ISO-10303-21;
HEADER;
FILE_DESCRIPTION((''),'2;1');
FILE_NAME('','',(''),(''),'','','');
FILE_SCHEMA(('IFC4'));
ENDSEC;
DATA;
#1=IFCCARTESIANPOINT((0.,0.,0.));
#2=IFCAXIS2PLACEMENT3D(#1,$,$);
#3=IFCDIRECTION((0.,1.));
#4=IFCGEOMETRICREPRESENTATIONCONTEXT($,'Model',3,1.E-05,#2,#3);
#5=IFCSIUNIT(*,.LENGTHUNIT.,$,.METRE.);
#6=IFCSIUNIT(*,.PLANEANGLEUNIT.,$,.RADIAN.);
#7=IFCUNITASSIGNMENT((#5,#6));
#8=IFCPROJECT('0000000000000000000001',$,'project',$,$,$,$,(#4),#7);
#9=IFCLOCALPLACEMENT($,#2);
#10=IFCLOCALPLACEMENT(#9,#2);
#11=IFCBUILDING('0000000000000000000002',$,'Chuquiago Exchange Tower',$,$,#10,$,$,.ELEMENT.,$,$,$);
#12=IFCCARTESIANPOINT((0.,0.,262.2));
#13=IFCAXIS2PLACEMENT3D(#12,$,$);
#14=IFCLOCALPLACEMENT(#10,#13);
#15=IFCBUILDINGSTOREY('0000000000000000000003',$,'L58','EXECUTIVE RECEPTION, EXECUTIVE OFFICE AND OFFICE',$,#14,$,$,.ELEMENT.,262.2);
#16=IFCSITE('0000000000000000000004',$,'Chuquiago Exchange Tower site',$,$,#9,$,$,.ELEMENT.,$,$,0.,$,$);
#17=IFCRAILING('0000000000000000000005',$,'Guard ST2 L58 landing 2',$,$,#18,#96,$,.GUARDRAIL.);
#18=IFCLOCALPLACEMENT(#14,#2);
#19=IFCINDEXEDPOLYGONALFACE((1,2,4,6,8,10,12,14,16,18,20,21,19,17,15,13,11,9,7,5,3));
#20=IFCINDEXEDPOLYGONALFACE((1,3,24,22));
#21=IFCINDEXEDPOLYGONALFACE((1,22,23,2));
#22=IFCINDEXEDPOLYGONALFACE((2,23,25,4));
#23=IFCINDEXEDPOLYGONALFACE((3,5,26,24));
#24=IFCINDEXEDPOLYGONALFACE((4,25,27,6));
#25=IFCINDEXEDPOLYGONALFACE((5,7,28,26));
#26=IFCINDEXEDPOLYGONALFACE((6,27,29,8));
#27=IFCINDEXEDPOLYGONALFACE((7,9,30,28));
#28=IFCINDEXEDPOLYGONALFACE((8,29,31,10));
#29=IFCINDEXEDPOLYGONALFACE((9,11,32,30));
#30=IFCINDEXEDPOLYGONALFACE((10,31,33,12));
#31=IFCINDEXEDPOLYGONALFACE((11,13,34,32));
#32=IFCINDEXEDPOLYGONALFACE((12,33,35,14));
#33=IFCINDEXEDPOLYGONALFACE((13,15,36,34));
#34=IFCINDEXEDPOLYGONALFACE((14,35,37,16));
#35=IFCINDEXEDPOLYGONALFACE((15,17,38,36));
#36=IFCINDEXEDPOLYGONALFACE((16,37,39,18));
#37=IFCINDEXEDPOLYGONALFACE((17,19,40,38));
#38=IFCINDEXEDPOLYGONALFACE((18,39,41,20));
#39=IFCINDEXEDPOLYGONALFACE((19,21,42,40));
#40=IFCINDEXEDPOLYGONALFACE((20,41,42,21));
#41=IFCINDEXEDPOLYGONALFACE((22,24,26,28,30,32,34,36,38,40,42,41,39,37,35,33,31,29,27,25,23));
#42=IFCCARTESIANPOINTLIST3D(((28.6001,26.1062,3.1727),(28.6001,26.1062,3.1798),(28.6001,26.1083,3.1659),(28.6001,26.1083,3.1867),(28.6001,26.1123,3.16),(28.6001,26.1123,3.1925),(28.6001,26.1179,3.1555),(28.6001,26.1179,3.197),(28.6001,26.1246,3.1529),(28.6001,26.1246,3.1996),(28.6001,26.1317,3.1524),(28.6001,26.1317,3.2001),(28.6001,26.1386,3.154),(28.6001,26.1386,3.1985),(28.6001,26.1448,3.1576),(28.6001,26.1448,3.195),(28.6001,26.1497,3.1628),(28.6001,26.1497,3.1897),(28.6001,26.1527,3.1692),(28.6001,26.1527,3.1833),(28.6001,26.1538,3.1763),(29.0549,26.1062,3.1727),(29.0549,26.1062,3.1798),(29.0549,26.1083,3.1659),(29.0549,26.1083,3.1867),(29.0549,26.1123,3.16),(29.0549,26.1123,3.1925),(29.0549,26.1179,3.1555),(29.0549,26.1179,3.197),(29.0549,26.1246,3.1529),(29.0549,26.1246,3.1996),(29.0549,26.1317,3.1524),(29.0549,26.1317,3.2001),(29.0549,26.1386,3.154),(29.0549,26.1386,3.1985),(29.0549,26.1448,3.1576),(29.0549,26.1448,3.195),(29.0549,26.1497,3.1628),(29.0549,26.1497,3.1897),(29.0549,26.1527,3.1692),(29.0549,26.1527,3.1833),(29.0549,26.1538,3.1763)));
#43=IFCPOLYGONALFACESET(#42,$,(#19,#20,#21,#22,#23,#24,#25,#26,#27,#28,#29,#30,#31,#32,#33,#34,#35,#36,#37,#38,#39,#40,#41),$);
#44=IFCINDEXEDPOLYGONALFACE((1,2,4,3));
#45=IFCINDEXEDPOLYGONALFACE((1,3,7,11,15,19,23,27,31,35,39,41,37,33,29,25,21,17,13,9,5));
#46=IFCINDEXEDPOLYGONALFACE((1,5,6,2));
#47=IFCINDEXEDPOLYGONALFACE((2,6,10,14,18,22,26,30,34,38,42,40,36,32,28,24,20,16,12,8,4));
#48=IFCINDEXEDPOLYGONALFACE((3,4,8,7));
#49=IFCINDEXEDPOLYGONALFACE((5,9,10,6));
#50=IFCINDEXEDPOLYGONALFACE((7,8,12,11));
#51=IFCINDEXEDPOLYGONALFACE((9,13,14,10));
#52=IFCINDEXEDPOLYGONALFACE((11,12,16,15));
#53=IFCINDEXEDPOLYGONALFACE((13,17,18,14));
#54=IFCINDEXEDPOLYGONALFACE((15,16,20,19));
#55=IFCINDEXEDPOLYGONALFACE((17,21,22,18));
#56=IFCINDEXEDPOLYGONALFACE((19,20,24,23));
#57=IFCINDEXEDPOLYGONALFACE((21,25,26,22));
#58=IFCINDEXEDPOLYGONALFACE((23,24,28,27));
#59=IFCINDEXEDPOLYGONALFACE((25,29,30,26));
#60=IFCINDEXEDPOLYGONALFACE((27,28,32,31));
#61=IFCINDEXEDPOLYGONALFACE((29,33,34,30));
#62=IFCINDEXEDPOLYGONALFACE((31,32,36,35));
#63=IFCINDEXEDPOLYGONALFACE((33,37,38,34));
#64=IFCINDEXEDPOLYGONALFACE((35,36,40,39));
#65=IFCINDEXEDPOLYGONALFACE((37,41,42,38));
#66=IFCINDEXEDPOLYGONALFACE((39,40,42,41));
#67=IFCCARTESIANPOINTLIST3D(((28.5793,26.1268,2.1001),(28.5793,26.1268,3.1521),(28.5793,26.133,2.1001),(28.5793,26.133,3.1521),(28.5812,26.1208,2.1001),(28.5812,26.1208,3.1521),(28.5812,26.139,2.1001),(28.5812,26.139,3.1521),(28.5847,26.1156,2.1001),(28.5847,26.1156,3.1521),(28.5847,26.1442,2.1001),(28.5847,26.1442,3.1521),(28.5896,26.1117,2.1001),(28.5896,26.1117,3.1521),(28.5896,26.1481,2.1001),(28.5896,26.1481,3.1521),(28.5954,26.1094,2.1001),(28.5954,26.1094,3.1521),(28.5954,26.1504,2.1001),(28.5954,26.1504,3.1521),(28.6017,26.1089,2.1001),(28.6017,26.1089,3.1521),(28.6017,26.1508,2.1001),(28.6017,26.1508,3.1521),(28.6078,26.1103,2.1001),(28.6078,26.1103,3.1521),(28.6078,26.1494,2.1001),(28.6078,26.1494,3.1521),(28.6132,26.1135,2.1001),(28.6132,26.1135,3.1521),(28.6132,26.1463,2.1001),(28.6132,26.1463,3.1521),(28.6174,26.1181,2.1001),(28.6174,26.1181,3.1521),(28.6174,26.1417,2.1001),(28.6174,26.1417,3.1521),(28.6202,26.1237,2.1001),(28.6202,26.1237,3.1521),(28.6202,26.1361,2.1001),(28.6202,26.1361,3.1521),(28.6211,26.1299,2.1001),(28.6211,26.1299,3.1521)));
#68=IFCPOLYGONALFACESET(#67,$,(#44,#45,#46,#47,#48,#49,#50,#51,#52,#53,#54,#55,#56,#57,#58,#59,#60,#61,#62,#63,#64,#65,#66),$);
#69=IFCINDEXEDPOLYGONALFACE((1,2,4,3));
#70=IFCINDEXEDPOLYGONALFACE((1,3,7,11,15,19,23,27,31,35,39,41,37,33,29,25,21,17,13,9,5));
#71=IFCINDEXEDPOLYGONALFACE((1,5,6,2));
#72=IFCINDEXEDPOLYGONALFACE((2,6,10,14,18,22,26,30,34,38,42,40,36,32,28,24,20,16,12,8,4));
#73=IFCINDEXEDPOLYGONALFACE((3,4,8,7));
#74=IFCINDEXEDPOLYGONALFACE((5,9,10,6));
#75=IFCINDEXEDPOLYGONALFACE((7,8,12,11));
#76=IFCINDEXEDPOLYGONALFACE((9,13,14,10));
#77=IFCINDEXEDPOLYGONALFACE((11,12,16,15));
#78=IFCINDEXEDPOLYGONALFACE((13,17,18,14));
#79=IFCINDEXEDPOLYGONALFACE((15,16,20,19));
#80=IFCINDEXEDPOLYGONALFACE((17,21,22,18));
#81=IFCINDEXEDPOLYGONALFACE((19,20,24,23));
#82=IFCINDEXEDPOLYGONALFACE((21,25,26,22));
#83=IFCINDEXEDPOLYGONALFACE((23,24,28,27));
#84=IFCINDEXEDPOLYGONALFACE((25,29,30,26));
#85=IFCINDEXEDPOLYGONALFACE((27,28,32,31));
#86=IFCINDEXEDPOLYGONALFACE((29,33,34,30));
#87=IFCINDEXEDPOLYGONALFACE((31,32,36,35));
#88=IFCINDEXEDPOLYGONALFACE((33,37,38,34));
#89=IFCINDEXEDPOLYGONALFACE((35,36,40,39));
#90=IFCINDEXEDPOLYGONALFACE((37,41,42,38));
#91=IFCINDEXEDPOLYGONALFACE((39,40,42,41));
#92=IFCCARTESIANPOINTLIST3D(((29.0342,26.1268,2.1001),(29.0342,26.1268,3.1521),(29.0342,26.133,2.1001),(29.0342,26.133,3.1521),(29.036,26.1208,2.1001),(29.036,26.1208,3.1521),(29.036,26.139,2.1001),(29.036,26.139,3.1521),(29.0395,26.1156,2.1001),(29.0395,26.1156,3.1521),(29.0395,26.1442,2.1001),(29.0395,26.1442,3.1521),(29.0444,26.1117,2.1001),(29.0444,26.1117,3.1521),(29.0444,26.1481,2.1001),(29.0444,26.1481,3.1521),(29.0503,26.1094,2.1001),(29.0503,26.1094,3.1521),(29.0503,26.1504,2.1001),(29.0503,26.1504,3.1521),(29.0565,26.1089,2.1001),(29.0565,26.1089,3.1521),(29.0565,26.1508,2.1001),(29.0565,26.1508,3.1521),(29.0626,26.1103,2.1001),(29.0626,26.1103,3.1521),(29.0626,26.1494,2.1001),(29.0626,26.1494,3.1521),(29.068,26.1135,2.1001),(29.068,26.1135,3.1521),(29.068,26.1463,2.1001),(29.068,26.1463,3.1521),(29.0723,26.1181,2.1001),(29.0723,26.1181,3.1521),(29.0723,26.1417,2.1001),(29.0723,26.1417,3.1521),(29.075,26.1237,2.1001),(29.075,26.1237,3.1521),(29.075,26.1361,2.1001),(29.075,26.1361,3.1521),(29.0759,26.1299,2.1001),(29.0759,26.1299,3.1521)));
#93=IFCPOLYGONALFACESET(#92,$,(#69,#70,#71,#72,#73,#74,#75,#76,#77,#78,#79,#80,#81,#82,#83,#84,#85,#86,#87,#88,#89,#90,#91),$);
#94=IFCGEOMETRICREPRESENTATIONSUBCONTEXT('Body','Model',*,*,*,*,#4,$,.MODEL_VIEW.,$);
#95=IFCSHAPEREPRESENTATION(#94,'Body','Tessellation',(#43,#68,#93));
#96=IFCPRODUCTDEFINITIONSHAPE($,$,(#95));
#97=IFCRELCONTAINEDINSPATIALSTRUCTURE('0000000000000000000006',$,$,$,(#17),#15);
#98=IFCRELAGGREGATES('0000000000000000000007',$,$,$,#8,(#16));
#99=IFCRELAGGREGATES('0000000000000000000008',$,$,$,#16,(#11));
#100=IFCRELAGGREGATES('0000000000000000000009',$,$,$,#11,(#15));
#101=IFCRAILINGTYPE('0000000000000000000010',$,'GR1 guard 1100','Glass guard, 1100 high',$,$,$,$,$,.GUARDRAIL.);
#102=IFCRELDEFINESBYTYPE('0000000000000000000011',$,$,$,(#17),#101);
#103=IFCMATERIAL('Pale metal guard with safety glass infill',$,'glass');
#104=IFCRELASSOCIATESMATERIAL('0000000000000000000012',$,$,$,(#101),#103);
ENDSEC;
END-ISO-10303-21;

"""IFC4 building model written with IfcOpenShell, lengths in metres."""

from ifc_helpers import new_model, si_unit, direction, frame, origin, origin_2d, place, context, subcontext, project, spatial, circle, extrude, material, type_object, element, save


model = new_model("IFC4")

# Units and contexts
model_context = context("Model", 3, precision=1e-05, world=origin(), true_north=direction((0.0, 1.0)))
body_context = subcontext(model_context, "Body", "Model", "MODEL_VIEW")
ifc_project = project(units=[si_unit("LENGTHUNIT", "METRE"), si_unit("PLANEANGLEUNIT", "RADIAN")], contexts=[model_context])

# Site, building, storey
site_placement = place(None, origin())
site = spatial("IfcSite", under=ifc_project, at=site_placement, Name="Chuquiago Exchange Tower site", CompositionType="ELEMENT", RefElevation=0.0)
building_placement = place(site_placement, origin())
building = spatial("IfcBuilding", under=site, at=building_placement, Name="Chuquiago Exchange Tower", CompositionType="ELEMENT")
storey_placement = place(building_placement, frame((0.0, 0.0, 262.2)))
storey = spatial("IfcBuildingStorey", under=building, at=storey_placement, Name="L58", Description="EXECUTIVE RECEPTION, EXECUTIVE OFFICE AND OFFICE", CompositionType="ELEMENT", Elevation=262.2)

# Railing
ifc_material_1 = material(Name="Pale metal guard with safety glass infill", Category="glass")
railing_type = type_object("IfcRailingType", Name="GR1 guard 1100", Description="Glass guard, 1100 high", PredefinedType="GUARDRAIL", material=ifc_material_1)
railing_placement = place(storey_placement, frame((28.6001, 26.1299, 2.1001)))
element("IfcRailing", 1, at=railing_placement, inside=storey, type_object=railing_type, Name="Guard ST2 L58 landing 2", PredefinedType="GUARDRAIL", context=body_context, shape_type="SweptSolid", body=[
    extrude(circle(Radius=0.0239, at=origin_2d()), frame((0.0, 0.0, 1.0762), z_axis=(1.0, 0.0, 0.0), x_axis=(0.0, 1.0, 0.0)), (0.0, 0.0, 1.0), 0.4548),
    extrude(circle(Radius=0.021, at=origin_2d()), origin(), (0.0, 0.0, 1.0), 1.052),
    extrude(circle(Radius=0.021, at=origin_2d()), frame((0.4548, 0.0, 0.0)), (0.0, 0.0, 1.0), 1.052),
])

save(model, "model.ifc")
